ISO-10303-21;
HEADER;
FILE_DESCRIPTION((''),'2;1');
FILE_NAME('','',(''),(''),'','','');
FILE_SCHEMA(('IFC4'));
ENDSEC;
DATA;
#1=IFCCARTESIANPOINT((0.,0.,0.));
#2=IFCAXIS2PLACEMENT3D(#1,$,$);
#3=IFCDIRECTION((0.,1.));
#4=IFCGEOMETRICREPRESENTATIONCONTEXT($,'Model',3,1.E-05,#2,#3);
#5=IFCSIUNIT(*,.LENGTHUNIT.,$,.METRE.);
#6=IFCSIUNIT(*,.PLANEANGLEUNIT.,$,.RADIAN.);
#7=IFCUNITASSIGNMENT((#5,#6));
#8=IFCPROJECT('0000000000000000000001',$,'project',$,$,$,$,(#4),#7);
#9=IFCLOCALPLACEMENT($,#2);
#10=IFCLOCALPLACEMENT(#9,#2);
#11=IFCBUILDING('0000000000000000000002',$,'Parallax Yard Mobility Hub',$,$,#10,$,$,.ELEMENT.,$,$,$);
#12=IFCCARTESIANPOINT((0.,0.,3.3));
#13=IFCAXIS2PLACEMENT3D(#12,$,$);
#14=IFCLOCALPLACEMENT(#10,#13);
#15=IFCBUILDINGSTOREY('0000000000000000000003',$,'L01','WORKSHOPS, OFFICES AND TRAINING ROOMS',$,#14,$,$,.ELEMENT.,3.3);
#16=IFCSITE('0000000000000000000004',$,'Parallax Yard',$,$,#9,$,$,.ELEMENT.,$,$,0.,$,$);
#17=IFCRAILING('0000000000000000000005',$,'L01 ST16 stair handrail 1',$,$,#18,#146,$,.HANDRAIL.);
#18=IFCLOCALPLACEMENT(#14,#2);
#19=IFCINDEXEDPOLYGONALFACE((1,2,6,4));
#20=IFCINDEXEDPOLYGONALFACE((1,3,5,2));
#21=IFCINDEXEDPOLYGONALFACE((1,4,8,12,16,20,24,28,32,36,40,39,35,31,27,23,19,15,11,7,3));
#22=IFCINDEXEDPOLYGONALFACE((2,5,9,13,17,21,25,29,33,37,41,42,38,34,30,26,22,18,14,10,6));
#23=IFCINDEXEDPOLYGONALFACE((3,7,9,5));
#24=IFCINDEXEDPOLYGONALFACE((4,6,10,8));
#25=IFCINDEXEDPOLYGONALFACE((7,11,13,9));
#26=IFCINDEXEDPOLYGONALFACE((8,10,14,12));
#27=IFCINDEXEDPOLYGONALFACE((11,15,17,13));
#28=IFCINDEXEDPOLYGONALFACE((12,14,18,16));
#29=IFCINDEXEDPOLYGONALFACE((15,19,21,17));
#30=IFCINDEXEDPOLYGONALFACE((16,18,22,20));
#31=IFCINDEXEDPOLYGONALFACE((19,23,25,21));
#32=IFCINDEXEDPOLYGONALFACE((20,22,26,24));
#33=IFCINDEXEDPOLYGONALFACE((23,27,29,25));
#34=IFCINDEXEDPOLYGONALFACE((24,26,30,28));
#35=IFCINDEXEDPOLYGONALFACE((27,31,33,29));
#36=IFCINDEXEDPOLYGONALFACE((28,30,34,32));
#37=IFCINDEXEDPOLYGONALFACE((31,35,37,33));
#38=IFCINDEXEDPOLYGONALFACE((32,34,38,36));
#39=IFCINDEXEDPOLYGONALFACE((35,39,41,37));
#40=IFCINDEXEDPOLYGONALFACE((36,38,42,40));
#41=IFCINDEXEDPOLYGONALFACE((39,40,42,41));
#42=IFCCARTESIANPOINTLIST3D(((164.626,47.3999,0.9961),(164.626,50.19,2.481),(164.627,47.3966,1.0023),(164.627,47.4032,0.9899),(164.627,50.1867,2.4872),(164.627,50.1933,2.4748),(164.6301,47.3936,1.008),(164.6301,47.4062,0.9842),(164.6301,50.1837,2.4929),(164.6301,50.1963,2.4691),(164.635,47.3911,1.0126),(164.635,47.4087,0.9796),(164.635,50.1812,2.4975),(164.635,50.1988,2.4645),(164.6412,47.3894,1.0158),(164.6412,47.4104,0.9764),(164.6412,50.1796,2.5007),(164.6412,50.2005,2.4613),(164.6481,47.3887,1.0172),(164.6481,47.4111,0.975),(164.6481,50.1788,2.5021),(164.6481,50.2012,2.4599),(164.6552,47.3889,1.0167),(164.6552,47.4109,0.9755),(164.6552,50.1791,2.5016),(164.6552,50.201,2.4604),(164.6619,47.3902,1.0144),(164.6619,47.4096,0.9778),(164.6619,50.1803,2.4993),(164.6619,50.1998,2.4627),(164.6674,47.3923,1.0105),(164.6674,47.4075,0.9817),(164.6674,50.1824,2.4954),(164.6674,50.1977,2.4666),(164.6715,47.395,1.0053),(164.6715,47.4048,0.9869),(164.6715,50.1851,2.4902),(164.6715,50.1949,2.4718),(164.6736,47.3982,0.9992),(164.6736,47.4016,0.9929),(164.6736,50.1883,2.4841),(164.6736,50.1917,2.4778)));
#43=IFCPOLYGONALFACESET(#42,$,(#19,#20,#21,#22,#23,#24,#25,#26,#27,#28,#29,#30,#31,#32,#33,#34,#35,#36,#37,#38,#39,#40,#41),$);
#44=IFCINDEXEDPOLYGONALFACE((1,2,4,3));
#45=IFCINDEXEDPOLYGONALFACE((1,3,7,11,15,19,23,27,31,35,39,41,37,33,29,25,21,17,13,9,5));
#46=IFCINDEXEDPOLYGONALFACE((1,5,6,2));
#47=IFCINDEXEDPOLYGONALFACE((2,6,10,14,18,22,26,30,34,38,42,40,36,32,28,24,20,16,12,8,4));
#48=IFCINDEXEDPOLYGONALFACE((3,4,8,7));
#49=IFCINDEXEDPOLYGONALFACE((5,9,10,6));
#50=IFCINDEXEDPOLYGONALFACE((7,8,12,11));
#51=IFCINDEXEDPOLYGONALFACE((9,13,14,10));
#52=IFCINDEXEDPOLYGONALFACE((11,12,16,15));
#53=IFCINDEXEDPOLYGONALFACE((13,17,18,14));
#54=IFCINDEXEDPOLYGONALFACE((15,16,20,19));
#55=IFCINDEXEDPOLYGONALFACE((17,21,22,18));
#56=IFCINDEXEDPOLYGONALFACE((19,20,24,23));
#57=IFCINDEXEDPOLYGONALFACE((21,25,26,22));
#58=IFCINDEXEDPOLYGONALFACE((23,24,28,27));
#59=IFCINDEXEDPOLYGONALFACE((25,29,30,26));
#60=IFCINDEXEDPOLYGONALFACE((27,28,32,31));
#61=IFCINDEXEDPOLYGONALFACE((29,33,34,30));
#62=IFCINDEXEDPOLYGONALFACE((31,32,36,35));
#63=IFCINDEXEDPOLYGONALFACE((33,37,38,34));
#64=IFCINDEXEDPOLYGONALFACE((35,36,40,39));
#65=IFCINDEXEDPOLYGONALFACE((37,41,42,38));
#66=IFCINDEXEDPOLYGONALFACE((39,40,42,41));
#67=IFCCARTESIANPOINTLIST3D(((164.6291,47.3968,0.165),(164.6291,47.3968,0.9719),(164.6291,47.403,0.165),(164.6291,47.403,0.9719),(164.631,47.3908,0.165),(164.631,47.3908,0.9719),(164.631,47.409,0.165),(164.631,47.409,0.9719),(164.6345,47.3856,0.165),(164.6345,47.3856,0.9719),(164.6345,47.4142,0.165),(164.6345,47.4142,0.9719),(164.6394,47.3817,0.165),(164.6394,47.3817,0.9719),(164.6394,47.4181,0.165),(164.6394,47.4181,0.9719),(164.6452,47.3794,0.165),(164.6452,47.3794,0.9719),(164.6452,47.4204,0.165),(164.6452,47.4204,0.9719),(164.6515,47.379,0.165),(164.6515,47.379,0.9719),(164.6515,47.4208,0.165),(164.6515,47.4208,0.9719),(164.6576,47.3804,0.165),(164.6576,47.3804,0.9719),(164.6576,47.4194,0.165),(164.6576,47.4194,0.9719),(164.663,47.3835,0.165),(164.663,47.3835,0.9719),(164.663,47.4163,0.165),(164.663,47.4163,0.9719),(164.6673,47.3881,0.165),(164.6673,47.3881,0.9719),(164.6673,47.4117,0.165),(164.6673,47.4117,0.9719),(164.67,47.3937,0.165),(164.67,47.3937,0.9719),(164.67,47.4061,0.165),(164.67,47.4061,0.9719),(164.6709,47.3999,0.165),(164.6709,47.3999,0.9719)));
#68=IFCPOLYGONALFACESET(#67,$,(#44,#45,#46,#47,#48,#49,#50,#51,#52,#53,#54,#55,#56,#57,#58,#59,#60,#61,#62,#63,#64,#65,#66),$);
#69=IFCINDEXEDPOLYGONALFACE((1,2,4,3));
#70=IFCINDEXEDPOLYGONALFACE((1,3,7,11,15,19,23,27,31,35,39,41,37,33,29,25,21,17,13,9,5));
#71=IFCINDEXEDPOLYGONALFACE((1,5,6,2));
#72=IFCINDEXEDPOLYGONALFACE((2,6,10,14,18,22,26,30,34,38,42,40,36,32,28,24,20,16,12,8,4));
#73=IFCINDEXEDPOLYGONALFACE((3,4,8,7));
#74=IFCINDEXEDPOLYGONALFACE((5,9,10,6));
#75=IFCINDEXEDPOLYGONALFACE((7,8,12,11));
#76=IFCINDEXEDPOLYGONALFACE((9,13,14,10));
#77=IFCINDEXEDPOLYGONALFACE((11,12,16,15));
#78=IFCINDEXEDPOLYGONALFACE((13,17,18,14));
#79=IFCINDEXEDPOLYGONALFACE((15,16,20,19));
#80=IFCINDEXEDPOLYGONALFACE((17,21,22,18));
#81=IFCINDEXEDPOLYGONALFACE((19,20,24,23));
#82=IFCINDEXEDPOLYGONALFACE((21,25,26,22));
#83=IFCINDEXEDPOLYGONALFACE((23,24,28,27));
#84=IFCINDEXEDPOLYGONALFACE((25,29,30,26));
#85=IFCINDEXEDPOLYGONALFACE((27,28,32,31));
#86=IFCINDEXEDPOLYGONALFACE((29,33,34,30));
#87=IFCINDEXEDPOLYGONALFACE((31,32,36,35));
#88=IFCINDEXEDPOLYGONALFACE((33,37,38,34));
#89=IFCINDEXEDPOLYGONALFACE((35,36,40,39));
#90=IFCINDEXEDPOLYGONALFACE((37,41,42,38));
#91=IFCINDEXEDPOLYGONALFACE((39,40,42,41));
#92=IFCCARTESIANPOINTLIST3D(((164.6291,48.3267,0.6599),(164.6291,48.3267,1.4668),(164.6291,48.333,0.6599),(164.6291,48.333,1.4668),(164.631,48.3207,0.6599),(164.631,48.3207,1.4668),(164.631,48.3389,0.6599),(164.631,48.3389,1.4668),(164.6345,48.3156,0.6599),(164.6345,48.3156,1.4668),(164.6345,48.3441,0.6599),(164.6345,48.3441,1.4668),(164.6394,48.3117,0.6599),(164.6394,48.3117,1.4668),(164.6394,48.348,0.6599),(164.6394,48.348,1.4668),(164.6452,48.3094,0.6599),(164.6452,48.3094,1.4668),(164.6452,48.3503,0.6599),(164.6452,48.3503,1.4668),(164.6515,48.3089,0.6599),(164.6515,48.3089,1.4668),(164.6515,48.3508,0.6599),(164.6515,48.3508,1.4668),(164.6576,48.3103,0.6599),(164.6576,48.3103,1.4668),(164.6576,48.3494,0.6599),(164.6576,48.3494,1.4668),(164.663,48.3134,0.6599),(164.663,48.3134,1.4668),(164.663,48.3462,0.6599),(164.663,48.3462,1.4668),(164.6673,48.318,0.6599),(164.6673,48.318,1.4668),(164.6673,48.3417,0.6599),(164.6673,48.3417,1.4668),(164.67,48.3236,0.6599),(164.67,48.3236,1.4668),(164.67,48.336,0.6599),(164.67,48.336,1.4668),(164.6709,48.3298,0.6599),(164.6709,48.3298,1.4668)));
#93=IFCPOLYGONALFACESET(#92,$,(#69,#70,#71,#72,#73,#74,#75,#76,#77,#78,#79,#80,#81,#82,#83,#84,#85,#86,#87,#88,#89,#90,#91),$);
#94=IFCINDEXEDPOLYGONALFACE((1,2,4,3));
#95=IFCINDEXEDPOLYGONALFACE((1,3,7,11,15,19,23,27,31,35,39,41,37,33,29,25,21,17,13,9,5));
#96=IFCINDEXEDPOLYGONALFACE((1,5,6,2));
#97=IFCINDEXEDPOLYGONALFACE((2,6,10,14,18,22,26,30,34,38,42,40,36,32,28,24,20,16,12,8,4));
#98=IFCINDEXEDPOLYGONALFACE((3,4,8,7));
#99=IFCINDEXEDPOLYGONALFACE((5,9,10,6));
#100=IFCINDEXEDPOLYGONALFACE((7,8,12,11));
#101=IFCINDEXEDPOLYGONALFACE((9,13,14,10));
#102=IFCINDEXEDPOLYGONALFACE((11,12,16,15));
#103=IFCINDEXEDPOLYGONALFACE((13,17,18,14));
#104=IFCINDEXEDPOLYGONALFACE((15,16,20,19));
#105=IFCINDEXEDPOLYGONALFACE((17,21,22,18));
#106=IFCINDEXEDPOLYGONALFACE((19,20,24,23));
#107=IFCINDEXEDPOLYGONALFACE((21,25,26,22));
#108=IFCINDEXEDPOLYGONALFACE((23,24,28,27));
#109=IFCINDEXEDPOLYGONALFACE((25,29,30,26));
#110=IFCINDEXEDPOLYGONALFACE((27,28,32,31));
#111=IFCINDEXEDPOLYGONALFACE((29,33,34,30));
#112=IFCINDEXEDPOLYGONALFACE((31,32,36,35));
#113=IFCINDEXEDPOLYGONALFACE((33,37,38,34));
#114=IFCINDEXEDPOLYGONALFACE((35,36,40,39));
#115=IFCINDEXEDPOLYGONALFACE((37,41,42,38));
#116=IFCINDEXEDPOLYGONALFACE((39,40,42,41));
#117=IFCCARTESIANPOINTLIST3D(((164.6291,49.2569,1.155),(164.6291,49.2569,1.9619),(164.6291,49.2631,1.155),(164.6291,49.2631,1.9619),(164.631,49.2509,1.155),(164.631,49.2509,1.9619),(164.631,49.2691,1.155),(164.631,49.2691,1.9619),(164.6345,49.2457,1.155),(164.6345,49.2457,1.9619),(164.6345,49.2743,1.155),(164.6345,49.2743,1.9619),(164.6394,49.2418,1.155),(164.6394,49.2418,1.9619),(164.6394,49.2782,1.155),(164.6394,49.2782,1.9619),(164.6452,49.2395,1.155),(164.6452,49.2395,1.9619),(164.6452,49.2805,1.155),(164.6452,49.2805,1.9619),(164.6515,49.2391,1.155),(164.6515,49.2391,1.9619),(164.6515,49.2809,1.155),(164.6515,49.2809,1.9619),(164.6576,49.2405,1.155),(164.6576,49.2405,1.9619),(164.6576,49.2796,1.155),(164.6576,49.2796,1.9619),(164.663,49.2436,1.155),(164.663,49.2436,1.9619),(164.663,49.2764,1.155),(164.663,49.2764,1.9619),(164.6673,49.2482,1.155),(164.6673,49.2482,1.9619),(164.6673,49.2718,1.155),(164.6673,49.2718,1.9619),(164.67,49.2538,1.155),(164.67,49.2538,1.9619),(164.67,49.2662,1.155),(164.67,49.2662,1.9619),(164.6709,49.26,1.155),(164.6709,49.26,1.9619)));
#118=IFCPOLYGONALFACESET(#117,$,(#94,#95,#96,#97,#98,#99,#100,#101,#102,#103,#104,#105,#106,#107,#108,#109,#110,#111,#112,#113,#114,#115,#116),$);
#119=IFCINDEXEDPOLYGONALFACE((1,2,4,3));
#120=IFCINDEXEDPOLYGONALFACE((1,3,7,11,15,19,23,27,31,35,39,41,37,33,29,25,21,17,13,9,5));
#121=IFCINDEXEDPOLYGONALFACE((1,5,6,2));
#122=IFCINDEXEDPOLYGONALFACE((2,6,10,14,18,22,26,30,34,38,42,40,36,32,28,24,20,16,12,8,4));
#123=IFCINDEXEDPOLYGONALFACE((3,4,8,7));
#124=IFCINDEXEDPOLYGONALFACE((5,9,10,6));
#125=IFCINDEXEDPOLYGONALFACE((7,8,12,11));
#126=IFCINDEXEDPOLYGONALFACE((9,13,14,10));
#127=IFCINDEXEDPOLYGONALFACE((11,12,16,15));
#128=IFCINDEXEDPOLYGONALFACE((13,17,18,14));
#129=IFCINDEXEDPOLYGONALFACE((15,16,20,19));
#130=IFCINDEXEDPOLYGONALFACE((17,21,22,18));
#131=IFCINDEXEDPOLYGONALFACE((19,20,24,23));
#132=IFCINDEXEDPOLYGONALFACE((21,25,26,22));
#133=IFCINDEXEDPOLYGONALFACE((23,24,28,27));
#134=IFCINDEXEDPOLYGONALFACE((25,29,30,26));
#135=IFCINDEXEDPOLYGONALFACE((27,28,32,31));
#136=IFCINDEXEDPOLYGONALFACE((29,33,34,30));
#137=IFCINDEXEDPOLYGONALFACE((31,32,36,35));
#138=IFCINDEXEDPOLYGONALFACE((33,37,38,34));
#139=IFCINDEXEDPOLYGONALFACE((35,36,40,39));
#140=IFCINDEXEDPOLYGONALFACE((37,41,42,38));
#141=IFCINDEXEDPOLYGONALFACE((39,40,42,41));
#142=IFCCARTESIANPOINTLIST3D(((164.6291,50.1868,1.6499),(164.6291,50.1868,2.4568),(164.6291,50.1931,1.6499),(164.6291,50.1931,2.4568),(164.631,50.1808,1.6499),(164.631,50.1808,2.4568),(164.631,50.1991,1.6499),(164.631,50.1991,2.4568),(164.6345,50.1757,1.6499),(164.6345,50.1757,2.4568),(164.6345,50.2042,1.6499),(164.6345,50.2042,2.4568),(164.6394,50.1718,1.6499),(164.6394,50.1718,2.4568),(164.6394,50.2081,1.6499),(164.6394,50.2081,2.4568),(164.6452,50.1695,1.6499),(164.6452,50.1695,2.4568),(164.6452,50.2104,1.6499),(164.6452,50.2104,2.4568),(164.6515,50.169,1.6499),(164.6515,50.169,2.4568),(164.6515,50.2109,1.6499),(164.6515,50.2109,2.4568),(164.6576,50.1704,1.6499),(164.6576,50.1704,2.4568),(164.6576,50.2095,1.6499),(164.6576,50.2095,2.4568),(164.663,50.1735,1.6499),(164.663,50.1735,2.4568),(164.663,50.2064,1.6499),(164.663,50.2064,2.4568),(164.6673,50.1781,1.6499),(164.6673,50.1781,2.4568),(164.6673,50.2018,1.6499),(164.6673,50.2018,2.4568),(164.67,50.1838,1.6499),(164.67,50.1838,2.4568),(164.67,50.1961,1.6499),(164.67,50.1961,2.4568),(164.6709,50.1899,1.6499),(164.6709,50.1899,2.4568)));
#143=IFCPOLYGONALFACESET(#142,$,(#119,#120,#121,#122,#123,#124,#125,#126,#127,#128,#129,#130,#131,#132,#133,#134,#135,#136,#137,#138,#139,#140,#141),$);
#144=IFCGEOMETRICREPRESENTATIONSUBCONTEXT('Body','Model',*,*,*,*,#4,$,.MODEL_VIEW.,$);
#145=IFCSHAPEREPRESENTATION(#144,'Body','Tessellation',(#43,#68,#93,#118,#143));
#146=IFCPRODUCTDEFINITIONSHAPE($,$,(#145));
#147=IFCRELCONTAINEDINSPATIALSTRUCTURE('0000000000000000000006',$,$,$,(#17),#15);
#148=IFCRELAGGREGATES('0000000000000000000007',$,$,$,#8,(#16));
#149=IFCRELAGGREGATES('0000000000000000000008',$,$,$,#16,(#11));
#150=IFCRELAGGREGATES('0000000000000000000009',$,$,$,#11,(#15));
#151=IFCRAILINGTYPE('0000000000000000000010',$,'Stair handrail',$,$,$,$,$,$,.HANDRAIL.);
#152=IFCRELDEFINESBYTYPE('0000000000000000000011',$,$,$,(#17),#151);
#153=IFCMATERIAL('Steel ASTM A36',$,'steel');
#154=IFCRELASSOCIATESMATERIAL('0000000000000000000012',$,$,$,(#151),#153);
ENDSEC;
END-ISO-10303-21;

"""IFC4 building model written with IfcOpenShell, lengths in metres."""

from ifc_helpers import new_model, si_unit, direction, frame, origin, origin_2d, place, context, subcontext, project, spatial, circle, extrude, material, type_object, element, save


model = new_model("IFC4")

# Units and contexts
model_context = context("Model", 3, precision=1e-05, world=origin(), true_north=direction((0.0, 1.0)))
body_context = subcontext(model_context, "Body", "Model", "MODEL_VIEW")
ifc_project = project(units=[si_unit("LENGTHUNIT", "METRE"), si_unit("PLANEANGLEUNIT", "RADIAN")], contexts=[model_context])

# Site, building, storey
site_placement = place(None, origin())
site = spatial("IfcSite", under=ifc_project, at=site_placement, Name="Parallax Yard", CompositionType="ELEMENT", RefElevation=0.0)
building_placement = place(site_placement, origin())
building = spatial("IfcBuilding", under=site, at=building_placement, Name="Parallax Yard Mobility Hub", CompositionType="ELEMENT")
storey_placement = place(building_placement, frame((0.0, 0.0, 3.3)))
storey = spatial("IfcBuildingStorey", under=building, at=storey_placement, Name="L01", Description="WORKSHOPS, OFFICES AND TRAINING ROOMS", CompositionType="ELEMENT", Elevation=3.3)

# Railing
ifc_material_1 = material(Name="Steel ASTM A36", Category="steel")
railing_type_1 = type_object("IfcRailingType", Name="Stair handrail", PredefinedType="HANDRAIL", material=ifc_material_1)
railing_1_placement = place(storey_placement, frame((164.6499, 47.3999, 0.165)))
element("IfcRailing", 1, at=railing_1_placement, inside=storey, type_object=railing_type_1, Name="L01 ST16 stair handrail 1", PredefinedType="HANDRAIL", context=body_context, shape_type="SweptSolid", body=[
    extrude(circle(Radius=0.0239, at=origin_2d()), frame((0.0, 0.0, 0.8311), z_axis=(0.0, 0.882767, 0.46981), x_axis=(-1.0, 0.0, 0.0)), (0.0, 0.0, 1.0), 3.1606),
    extrude(circle(Radius=0.021, at=origin_2d()), origin(), (0.0, 0.0, 1.0), 0.8069),
    extrude(circle(Radius=0.021, at=origin_2d()), frame((0.0, 0.9299, 0.4949)), (0.0, 0.0, 1.0), 0.8069),
    extrude(circle(Radius=0.021, at=origin_2d()), frame((0.0, 1.8601, 0.99)), (0.0, 0.0, 1.0), 0.8069),
    extrude(circle(Radius=0.021, at=origin_2d()), frame((0.0, 2.79, 1.4849)), (0.0, 0.0, 1.0), 0.8069),
])

save(model, "model.ifc")
